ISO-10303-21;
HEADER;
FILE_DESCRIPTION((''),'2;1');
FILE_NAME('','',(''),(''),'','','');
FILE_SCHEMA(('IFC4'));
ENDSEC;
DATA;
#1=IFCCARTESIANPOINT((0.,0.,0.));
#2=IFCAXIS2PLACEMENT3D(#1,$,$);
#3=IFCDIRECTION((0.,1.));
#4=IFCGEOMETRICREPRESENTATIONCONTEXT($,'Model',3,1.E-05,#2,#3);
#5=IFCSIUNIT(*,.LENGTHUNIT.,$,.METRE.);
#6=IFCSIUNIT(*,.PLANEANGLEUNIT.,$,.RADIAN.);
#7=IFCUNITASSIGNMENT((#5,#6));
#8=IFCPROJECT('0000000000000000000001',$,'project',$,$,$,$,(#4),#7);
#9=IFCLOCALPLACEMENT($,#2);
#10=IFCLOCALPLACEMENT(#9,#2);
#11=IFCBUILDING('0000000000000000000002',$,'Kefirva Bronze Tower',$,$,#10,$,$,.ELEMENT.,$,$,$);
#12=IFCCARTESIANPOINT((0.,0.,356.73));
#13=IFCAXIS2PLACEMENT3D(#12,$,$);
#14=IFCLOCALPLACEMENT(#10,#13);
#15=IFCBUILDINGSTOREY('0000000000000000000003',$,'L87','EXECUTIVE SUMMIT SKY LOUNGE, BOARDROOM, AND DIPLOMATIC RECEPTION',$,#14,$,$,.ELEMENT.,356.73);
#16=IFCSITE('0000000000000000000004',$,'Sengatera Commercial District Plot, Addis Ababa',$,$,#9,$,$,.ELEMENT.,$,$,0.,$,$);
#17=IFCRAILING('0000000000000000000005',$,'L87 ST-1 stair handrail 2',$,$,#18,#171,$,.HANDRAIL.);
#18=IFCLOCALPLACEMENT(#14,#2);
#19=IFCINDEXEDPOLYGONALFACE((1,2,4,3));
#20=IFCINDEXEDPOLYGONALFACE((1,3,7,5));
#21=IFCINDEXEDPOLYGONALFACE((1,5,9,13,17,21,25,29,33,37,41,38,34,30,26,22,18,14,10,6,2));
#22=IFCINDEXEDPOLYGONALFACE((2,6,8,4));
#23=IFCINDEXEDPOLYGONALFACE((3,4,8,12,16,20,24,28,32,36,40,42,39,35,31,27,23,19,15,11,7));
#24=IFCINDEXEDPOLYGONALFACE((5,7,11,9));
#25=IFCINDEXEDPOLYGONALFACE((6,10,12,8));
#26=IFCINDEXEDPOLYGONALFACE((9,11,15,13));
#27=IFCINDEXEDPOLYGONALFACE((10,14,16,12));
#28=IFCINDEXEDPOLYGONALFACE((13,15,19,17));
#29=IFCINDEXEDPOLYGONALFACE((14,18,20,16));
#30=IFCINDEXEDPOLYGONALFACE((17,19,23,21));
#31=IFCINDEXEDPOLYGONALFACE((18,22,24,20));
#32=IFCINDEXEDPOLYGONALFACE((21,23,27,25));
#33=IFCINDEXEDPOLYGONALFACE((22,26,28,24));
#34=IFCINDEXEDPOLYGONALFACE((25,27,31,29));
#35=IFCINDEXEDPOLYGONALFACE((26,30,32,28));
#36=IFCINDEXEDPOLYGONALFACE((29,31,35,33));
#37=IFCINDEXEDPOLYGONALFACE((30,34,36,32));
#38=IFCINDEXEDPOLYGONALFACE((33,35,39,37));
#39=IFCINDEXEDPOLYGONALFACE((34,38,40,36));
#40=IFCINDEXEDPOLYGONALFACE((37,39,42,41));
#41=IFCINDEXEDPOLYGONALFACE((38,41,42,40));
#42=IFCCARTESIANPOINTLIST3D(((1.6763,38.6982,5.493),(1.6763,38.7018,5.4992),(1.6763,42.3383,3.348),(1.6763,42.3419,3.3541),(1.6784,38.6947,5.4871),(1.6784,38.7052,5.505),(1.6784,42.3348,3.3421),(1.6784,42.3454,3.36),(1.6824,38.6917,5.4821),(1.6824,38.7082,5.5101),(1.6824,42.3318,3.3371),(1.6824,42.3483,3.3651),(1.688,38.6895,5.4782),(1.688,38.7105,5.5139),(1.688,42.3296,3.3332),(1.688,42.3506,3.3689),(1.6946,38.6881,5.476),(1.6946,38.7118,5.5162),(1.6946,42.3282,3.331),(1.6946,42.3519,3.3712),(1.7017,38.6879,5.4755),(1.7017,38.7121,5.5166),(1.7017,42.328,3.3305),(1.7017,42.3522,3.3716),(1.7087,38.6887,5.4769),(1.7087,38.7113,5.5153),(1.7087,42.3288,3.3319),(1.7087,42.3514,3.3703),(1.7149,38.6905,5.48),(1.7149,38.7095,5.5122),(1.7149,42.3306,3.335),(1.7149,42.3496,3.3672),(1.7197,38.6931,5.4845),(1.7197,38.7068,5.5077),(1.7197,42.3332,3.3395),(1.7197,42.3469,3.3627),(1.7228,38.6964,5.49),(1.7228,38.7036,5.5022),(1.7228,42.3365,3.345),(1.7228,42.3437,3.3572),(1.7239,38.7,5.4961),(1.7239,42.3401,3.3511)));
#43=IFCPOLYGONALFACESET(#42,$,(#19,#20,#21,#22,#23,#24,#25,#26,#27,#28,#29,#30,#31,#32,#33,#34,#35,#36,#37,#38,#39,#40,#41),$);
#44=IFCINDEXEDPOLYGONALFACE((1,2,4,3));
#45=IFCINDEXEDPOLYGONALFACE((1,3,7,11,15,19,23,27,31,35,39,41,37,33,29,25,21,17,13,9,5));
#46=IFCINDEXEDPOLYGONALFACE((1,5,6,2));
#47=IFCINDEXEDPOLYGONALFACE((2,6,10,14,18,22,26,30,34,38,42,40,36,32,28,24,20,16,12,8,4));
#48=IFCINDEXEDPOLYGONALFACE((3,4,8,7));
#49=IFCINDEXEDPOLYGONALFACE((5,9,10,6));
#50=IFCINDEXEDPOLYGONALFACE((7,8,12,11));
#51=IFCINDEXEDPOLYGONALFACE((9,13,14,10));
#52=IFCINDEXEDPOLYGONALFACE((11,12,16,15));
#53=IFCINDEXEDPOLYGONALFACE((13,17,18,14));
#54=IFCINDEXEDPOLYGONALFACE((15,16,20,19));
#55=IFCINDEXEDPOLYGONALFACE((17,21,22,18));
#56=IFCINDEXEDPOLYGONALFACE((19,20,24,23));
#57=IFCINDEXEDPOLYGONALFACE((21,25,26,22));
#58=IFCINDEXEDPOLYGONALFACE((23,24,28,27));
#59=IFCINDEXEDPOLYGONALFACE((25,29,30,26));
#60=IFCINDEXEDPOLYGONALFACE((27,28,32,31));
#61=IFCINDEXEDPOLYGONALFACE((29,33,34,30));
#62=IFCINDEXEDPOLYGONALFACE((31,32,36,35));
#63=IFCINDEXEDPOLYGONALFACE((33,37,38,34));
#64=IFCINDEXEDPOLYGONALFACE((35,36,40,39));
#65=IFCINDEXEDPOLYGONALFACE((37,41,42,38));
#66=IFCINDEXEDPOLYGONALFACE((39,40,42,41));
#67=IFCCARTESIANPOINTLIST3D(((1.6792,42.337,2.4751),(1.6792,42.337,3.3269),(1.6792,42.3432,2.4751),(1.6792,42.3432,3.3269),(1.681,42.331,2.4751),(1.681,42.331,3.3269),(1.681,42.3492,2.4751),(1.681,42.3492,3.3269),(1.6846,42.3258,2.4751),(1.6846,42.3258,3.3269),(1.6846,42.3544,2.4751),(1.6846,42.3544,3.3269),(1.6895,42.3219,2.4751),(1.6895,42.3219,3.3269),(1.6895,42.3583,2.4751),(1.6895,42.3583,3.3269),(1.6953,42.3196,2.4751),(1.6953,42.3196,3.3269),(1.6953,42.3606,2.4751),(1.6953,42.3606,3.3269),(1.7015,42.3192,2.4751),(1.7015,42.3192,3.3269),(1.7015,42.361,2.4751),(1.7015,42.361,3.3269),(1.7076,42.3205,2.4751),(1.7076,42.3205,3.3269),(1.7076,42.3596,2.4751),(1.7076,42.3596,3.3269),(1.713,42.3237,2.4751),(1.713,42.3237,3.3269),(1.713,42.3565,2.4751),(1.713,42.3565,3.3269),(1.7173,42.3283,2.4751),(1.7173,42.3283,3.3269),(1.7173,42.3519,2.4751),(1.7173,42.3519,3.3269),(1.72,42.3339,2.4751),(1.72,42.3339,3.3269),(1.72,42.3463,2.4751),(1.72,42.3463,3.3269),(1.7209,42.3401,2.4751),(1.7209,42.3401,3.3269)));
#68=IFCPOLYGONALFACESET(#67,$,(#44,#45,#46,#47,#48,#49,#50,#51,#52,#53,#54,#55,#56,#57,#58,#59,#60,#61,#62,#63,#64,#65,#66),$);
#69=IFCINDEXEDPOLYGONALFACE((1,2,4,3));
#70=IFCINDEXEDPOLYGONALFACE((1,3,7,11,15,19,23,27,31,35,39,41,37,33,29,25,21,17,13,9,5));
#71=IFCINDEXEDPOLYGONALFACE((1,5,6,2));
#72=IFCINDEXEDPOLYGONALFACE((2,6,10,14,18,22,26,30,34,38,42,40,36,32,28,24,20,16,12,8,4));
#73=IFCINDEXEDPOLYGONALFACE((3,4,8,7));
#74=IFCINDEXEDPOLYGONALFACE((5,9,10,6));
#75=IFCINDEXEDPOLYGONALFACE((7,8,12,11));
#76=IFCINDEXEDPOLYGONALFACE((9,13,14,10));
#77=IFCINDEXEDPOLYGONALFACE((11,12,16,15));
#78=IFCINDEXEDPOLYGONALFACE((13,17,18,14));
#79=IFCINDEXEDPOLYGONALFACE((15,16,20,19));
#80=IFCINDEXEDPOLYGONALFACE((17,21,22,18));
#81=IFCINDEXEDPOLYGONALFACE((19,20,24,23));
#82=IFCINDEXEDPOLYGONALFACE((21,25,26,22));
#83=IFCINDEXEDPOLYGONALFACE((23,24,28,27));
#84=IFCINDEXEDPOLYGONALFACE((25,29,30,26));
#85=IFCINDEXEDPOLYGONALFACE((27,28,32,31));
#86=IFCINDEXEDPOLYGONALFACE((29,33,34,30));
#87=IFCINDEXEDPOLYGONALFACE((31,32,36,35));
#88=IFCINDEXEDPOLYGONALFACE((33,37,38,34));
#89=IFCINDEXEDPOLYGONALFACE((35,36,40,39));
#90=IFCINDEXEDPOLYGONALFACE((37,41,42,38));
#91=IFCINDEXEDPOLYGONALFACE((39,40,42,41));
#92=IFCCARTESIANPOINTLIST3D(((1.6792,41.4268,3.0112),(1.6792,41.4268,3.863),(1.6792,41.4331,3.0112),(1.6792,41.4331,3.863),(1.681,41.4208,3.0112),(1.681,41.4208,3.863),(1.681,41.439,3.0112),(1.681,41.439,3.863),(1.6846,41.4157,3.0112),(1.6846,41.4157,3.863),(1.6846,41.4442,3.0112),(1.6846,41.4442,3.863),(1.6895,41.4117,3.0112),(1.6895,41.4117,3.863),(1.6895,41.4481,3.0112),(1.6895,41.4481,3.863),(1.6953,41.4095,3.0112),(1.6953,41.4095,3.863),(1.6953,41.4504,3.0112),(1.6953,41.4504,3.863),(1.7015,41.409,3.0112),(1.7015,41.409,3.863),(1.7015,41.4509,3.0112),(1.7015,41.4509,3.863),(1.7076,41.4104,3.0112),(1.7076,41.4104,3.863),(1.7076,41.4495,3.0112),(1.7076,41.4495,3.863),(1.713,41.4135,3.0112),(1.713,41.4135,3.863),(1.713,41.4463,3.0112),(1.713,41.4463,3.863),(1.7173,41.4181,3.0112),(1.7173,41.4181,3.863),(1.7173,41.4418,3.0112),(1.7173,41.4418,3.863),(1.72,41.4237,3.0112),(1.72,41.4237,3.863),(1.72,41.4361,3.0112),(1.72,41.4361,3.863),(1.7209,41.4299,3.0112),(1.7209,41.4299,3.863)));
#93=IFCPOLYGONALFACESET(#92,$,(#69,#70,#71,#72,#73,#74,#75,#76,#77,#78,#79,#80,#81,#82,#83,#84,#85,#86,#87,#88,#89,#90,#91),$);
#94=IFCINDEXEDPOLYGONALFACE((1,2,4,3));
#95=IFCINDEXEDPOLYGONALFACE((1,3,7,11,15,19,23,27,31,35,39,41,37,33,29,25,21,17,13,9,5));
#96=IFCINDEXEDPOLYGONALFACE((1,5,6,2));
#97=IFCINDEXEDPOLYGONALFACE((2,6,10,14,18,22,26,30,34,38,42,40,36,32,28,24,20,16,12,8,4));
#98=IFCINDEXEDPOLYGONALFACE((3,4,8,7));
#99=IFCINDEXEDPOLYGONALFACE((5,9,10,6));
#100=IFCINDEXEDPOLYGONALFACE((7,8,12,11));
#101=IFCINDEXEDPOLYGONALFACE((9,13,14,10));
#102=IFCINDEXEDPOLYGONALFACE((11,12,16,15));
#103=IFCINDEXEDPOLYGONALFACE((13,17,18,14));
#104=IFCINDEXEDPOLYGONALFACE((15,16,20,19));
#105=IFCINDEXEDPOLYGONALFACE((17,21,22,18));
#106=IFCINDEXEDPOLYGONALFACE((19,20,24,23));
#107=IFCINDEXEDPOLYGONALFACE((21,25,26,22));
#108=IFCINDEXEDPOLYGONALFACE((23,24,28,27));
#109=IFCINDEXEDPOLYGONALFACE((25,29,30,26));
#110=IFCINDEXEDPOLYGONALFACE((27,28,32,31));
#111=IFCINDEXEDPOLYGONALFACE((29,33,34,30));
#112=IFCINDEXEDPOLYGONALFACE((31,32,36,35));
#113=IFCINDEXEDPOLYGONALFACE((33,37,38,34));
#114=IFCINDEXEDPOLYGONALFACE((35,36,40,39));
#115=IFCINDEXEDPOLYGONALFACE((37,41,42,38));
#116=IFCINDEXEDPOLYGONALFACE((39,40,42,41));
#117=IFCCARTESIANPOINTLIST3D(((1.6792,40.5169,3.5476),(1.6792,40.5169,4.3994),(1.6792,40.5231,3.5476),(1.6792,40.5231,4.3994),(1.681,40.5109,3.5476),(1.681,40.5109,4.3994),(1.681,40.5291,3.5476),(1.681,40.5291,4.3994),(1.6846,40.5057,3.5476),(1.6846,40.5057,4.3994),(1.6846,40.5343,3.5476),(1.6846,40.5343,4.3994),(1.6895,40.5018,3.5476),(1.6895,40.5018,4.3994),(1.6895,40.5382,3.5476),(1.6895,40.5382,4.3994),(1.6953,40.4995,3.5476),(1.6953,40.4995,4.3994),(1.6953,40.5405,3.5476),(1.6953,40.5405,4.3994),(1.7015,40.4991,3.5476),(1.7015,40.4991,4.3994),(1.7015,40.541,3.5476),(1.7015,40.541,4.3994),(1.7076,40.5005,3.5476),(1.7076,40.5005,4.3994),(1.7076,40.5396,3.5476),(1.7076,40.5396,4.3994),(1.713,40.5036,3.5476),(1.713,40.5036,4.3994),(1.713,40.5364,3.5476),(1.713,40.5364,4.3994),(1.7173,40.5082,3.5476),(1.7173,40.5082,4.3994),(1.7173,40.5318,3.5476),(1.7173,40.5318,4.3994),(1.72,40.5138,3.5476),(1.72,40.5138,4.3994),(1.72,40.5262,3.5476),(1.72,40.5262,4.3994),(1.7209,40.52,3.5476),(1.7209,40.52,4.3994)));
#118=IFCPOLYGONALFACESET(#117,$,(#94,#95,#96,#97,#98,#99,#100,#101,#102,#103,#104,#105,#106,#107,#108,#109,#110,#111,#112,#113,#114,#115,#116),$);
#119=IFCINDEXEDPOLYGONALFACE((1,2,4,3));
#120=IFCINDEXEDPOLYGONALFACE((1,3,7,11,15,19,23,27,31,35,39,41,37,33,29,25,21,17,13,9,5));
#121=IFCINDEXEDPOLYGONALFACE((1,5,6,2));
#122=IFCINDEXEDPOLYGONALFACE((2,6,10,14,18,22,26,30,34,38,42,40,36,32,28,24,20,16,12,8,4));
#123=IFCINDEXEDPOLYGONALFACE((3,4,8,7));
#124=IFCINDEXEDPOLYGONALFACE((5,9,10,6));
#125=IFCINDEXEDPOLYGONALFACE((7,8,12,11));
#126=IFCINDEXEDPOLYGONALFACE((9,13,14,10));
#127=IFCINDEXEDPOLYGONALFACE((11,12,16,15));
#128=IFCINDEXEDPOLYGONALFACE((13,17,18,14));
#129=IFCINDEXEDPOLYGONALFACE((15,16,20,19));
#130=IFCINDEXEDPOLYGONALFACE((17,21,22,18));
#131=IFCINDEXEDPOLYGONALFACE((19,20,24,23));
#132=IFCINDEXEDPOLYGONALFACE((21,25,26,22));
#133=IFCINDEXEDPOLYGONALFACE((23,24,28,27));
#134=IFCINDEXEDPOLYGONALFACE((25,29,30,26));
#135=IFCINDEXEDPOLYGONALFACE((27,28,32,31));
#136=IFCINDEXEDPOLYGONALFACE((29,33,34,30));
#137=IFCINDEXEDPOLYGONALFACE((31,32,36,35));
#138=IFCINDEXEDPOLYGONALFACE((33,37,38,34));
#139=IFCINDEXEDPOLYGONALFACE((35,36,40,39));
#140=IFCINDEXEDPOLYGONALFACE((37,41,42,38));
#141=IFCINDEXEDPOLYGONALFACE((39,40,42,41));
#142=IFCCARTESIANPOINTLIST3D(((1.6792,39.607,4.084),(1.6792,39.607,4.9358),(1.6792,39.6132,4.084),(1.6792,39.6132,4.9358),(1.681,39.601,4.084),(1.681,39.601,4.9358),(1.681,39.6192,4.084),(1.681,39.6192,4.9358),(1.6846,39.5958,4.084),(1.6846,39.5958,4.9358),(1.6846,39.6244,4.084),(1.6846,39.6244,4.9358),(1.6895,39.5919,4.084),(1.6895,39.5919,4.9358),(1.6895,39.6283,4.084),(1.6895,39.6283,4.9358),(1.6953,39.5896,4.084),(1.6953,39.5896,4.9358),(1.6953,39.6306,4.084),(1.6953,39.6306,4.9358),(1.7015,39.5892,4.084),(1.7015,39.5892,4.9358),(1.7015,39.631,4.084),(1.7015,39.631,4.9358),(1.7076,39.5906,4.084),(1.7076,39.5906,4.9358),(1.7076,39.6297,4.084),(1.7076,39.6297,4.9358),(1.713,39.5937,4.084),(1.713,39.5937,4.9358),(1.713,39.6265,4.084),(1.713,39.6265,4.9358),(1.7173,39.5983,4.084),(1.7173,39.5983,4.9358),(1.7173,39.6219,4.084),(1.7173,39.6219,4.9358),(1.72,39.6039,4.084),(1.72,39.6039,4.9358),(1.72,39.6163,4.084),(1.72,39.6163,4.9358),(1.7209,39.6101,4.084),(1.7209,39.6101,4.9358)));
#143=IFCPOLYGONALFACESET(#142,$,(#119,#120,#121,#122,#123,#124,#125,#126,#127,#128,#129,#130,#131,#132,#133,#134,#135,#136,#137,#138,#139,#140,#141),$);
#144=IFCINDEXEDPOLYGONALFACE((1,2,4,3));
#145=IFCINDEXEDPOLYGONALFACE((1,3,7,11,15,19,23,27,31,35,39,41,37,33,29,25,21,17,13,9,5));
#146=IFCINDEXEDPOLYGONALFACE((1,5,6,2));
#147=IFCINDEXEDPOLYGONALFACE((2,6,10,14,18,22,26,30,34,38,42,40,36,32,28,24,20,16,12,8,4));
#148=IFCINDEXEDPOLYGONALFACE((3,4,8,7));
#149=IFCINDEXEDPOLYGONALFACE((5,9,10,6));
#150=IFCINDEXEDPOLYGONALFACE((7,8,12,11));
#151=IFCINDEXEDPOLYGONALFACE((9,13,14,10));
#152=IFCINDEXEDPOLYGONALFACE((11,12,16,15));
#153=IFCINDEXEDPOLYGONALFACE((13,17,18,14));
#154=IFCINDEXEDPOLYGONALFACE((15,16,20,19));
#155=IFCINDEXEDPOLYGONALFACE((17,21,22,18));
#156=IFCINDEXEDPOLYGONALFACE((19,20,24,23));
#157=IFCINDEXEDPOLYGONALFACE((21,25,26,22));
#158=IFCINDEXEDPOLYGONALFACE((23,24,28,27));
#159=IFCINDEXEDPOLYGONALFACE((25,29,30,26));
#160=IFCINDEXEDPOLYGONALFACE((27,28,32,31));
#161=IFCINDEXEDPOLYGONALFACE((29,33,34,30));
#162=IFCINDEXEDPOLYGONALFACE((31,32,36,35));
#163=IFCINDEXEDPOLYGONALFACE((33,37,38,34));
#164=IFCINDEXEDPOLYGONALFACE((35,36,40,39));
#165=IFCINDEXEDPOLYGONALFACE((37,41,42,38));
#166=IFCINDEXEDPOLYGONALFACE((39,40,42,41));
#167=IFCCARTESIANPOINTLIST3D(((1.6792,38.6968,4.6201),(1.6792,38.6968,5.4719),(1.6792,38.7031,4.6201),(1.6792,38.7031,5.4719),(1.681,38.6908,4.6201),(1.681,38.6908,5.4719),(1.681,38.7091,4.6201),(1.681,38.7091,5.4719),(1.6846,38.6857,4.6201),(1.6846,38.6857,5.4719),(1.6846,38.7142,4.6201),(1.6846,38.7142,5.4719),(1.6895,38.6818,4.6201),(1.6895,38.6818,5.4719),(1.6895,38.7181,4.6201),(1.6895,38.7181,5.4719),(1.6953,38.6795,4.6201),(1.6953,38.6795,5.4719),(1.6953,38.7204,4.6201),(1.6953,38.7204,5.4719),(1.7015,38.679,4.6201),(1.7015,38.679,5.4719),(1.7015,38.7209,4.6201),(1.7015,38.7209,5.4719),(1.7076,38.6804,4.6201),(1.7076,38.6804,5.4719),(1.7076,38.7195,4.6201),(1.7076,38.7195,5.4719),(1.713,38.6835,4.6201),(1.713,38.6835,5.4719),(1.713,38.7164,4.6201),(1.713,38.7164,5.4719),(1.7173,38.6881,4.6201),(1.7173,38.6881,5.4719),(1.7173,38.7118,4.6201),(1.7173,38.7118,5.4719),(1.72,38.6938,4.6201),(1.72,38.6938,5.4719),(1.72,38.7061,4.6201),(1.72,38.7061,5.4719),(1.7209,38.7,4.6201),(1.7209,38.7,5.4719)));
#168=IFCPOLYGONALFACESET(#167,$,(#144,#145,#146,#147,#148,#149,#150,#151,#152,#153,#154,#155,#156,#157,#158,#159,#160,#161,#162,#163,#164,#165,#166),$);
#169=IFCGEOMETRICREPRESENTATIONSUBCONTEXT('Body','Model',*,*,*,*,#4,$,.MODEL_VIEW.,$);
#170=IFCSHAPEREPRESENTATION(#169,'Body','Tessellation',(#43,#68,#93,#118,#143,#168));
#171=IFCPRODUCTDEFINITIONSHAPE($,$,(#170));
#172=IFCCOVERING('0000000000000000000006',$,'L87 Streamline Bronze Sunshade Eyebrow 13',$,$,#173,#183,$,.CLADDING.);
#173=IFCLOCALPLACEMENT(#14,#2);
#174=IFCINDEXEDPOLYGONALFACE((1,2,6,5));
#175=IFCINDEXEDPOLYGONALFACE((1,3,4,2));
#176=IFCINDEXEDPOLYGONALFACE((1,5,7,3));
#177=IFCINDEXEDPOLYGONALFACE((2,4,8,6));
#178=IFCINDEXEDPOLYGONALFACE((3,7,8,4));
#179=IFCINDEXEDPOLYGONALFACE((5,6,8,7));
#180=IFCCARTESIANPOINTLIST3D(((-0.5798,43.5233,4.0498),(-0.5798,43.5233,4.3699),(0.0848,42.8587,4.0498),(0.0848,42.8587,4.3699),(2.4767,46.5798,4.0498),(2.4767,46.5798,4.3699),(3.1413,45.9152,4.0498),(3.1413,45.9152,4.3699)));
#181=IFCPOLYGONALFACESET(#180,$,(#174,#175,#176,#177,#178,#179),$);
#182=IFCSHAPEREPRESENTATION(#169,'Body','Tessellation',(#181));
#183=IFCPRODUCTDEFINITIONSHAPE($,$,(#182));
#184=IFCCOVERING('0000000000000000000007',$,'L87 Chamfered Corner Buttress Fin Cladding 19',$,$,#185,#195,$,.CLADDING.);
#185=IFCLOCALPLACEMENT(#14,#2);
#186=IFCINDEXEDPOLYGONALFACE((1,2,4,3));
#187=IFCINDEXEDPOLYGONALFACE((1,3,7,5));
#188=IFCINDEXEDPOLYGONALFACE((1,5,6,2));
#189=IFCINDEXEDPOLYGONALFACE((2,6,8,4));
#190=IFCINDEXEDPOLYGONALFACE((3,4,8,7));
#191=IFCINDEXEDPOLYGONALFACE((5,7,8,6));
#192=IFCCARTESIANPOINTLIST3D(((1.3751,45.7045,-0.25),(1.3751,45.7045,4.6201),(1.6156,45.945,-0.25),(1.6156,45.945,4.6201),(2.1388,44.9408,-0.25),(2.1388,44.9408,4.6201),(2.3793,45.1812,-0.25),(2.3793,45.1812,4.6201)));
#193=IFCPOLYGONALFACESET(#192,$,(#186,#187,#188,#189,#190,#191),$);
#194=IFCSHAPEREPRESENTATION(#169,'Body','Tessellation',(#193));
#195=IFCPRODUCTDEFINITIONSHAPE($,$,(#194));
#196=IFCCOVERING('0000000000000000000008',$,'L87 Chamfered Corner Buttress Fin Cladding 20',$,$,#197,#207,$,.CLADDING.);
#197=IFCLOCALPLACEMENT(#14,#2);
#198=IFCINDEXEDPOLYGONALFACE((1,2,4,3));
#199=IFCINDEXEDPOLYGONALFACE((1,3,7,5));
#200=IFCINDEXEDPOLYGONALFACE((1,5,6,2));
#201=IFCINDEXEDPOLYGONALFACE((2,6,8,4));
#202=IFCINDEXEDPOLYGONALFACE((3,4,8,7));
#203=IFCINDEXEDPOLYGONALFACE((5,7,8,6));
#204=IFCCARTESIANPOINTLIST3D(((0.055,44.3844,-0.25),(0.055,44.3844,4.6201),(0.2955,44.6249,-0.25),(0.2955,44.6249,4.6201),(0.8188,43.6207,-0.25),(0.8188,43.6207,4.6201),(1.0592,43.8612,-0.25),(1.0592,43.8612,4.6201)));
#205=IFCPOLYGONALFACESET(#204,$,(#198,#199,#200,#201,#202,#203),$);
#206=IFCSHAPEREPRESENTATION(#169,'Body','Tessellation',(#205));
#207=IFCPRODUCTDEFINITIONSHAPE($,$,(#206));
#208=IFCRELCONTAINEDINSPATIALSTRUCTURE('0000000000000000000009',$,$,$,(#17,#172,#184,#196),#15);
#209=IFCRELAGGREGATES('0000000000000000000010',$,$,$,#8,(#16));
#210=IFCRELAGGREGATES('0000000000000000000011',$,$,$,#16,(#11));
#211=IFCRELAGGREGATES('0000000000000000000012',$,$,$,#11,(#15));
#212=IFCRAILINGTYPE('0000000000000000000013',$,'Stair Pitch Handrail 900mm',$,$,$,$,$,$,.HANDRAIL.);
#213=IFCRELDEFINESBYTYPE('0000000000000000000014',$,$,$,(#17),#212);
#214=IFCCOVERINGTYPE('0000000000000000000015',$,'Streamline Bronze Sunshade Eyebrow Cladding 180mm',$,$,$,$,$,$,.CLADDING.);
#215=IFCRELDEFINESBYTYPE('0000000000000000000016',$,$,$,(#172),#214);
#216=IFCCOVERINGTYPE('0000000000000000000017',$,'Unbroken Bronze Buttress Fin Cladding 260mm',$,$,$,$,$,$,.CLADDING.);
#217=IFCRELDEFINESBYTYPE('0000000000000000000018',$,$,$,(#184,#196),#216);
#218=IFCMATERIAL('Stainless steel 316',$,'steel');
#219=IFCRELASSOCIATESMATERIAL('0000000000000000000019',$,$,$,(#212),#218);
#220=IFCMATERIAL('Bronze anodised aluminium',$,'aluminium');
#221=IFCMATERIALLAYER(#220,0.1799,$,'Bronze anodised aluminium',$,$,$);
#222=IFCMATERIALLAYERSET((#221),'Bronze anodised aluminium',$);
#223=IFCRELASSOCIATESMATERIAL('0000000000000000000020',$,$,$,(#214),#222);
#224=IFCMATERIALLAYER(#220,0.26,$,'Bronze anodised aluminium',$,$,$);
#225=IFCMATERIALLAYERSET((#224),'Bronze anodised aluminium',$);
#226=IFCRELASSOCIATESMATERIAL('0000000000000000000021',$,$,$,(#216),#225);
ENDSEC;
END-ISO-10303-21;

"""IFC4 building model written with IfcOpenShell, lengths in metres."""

from ifc_helpers import new_model, si_unit, direction, frame, origin, origin_2d, place, context, subcontext, project, spatial, rectangle, circle, extrude, material, layer, layer_set, type_object, element, save


model = new_model("IFC4")

# Units and contexts
model_context = context("Model", 3, precision=1e-05, world=origin(), true_north=direction((0.0, 1.0)))
body_context = subcontext(model_context, "Body", "Model", "MODEL_VIEW")
ifc_project = project(units=[si_unit("LENGTHUNIT", "METRE"), si_unit("PLANEANGLEUNIT", "RADIAN")], contexts=[model_context])

# Site, building, storey
site_placement = place(None, origin())
site = spatial("IfcSite", under=ifc_project, at=site_placement, Name="Sengatera Commercial District Plot, Addis Ababa", CompositionType="ELEMENT", RefElevation=0.0)
building_placement = place(site_placement, origin())
building = spatial("IfcBuilding", under=site, at=building_placement, Name="Kefirva Bronze Tower", CompositionType="ELEMENT")
storey_placement = place(building_placement, frame((0.0, 0.0, 356.73)))
storey = spatial("IfcBuildingStorey", under=building, at=storey_placement, Name="L87", Description="EXECUTIVE SUMMIT SKY LOUNGE, BOARDROOM, AND DIPLOMATIC RECEPTION", CompositionType="ELEMENT", Elevation=356.73)

# Shared definitions
ifc_material_1 = material(Name="Bronze anodised aluminium", Category="aluminium")

# Railing
ifc_material_2 = material(Name="Stainless steel 316", Category="steel")
railing_type_1 = type_object("IfcRailingType", Name="Stair Pitch Handrail 900mm", PredefinedType="HANDRAIL", material=ifc_material_2)
railing_1_placement = place(storey_placement, frame((1.7, 42.3401, 2.4751)))
element("IfcRailing", 1, at=railing_1_placement, inside=storey, type_object=railing_type_1, Name="L87 ST-1 stair handrail 2", PredefinedType="HANDRAIL", context=body_context, shape_type="SweptSolid", body=[
    extrude(circle(Radius=0.0239, at=origin_2d()), frame((0.0, 0.0, 0.876), z_axis=(0.0, -0.861545, 0.507682), x_axis=(1.0, 0.0, 0.0)), (0.0, 0.0, 1.0), 4.2251),
    extrude(circle(Radius=0.021, at=origin_2d()), origin(), (0.0, 0.0, 1.0), 0.8518),
    extrude(circle(Radius=0.021, at=origin_2d()), frame((0.0, -0.9102, 0.5361)), (0.0, 0.0, 1.0), 0.8518),
    extrude(circle(Radius=0.021, at=origin_2d()), frame((0.0, -1.8201, 1.0725)), (0.0, 0.0, 1.0), 0.8518),
    extrude(circle(Radius=0.021, at=origin_2d()), frame((0.0, -2.73, 1.6089)), (0.0, 0.0, 1.0), 0.8518),
    extrude(circle(Radius=0.021, at=origin_2d()), frame((0.0, -3.6401, 2.145)), (0.0, 0.0, 1.0), 0.8518),
])

# Coverings
ifc_layer_1 = layer(ifc_material_1, 0.1799, Name="Bronze anodised aluminium")
ifc_layer_set_1 = layer_set([ifc_layer_1], Name="Bronze anodised aluminium")
covering_type_1 = type_object("IfcCoveringType", Name="Streamline Bronze Sunshade Eyebrow Cladding 180mm", PredefinedType="CLADDING", material=ifc_layer_set_1)
covering_1_placement = place(storey_placement, frame((1.2808, 44.7192, 4.0498), z_axis=(0.0, 0.0, 1.0), x_axis=(-0.707107, -0.707107, 0.0)))
element("IfcCovering", 2, at=covering_1_placement, inside=storey, type_object=covering_type_1, Name="L87 Streamline Bronze Sunshade Eyebrow 13", PredefinedType="CLADDING", context=body_context, shape_type="SweptSolid", body=[
    extrude(rectangle(XDim=4.3225, YDim=0.9399, at=origin_2d()), origin(), (0.0, 0.0, 1.0), 0.3201),
])
ifc_layer_2 = layer(ifc_material_1, 0.26, Name="Bronze anodised aluminium")
ifc_layer_set_2 = layer_set([ifc_layer_2], Name="Bronze anodised aluminium")
covering_type_2 = type_object("IfcCoveringType", Name="Unbroken Bronze Buttress Fin Cladding 260mm", PredefinedType="CLADDING", material=ifc_layer_set_2)
for number, where, z_axis, x_axis, name in (
    (3, (1.8772, 45.4429, -0.25), (0.0, 0.0, 1.0), (-0.707107, -0.707107, 0.0), "L87 Chamfered Corner Buttress Fin Cladding 19"),
    (4, (0.5571, 44.1228, -0.25), (0.0, 0.0, 1.0), (-0.707107, -0.707107, 0.0), "L87 Chamfered Corner Buttress Fin Cladding 20"),
):
    element("IfcCovering", number, at=place(storey_placement, frame(where, z_axis=z_axis, x_axis=x_axis)), inside=storey, type_object=covering_type_2, Name=name, PredefinedType="CLADDING", context=body_context, shape_type="SweptSolid", body=[
        extrude(rectangle(XDim=0.3401, YDim=1.0801, at=origin_2d()), origin(), (0.0, 0.0, 1.0), 4.8701),
    ])

save(model, "model.ifc")
